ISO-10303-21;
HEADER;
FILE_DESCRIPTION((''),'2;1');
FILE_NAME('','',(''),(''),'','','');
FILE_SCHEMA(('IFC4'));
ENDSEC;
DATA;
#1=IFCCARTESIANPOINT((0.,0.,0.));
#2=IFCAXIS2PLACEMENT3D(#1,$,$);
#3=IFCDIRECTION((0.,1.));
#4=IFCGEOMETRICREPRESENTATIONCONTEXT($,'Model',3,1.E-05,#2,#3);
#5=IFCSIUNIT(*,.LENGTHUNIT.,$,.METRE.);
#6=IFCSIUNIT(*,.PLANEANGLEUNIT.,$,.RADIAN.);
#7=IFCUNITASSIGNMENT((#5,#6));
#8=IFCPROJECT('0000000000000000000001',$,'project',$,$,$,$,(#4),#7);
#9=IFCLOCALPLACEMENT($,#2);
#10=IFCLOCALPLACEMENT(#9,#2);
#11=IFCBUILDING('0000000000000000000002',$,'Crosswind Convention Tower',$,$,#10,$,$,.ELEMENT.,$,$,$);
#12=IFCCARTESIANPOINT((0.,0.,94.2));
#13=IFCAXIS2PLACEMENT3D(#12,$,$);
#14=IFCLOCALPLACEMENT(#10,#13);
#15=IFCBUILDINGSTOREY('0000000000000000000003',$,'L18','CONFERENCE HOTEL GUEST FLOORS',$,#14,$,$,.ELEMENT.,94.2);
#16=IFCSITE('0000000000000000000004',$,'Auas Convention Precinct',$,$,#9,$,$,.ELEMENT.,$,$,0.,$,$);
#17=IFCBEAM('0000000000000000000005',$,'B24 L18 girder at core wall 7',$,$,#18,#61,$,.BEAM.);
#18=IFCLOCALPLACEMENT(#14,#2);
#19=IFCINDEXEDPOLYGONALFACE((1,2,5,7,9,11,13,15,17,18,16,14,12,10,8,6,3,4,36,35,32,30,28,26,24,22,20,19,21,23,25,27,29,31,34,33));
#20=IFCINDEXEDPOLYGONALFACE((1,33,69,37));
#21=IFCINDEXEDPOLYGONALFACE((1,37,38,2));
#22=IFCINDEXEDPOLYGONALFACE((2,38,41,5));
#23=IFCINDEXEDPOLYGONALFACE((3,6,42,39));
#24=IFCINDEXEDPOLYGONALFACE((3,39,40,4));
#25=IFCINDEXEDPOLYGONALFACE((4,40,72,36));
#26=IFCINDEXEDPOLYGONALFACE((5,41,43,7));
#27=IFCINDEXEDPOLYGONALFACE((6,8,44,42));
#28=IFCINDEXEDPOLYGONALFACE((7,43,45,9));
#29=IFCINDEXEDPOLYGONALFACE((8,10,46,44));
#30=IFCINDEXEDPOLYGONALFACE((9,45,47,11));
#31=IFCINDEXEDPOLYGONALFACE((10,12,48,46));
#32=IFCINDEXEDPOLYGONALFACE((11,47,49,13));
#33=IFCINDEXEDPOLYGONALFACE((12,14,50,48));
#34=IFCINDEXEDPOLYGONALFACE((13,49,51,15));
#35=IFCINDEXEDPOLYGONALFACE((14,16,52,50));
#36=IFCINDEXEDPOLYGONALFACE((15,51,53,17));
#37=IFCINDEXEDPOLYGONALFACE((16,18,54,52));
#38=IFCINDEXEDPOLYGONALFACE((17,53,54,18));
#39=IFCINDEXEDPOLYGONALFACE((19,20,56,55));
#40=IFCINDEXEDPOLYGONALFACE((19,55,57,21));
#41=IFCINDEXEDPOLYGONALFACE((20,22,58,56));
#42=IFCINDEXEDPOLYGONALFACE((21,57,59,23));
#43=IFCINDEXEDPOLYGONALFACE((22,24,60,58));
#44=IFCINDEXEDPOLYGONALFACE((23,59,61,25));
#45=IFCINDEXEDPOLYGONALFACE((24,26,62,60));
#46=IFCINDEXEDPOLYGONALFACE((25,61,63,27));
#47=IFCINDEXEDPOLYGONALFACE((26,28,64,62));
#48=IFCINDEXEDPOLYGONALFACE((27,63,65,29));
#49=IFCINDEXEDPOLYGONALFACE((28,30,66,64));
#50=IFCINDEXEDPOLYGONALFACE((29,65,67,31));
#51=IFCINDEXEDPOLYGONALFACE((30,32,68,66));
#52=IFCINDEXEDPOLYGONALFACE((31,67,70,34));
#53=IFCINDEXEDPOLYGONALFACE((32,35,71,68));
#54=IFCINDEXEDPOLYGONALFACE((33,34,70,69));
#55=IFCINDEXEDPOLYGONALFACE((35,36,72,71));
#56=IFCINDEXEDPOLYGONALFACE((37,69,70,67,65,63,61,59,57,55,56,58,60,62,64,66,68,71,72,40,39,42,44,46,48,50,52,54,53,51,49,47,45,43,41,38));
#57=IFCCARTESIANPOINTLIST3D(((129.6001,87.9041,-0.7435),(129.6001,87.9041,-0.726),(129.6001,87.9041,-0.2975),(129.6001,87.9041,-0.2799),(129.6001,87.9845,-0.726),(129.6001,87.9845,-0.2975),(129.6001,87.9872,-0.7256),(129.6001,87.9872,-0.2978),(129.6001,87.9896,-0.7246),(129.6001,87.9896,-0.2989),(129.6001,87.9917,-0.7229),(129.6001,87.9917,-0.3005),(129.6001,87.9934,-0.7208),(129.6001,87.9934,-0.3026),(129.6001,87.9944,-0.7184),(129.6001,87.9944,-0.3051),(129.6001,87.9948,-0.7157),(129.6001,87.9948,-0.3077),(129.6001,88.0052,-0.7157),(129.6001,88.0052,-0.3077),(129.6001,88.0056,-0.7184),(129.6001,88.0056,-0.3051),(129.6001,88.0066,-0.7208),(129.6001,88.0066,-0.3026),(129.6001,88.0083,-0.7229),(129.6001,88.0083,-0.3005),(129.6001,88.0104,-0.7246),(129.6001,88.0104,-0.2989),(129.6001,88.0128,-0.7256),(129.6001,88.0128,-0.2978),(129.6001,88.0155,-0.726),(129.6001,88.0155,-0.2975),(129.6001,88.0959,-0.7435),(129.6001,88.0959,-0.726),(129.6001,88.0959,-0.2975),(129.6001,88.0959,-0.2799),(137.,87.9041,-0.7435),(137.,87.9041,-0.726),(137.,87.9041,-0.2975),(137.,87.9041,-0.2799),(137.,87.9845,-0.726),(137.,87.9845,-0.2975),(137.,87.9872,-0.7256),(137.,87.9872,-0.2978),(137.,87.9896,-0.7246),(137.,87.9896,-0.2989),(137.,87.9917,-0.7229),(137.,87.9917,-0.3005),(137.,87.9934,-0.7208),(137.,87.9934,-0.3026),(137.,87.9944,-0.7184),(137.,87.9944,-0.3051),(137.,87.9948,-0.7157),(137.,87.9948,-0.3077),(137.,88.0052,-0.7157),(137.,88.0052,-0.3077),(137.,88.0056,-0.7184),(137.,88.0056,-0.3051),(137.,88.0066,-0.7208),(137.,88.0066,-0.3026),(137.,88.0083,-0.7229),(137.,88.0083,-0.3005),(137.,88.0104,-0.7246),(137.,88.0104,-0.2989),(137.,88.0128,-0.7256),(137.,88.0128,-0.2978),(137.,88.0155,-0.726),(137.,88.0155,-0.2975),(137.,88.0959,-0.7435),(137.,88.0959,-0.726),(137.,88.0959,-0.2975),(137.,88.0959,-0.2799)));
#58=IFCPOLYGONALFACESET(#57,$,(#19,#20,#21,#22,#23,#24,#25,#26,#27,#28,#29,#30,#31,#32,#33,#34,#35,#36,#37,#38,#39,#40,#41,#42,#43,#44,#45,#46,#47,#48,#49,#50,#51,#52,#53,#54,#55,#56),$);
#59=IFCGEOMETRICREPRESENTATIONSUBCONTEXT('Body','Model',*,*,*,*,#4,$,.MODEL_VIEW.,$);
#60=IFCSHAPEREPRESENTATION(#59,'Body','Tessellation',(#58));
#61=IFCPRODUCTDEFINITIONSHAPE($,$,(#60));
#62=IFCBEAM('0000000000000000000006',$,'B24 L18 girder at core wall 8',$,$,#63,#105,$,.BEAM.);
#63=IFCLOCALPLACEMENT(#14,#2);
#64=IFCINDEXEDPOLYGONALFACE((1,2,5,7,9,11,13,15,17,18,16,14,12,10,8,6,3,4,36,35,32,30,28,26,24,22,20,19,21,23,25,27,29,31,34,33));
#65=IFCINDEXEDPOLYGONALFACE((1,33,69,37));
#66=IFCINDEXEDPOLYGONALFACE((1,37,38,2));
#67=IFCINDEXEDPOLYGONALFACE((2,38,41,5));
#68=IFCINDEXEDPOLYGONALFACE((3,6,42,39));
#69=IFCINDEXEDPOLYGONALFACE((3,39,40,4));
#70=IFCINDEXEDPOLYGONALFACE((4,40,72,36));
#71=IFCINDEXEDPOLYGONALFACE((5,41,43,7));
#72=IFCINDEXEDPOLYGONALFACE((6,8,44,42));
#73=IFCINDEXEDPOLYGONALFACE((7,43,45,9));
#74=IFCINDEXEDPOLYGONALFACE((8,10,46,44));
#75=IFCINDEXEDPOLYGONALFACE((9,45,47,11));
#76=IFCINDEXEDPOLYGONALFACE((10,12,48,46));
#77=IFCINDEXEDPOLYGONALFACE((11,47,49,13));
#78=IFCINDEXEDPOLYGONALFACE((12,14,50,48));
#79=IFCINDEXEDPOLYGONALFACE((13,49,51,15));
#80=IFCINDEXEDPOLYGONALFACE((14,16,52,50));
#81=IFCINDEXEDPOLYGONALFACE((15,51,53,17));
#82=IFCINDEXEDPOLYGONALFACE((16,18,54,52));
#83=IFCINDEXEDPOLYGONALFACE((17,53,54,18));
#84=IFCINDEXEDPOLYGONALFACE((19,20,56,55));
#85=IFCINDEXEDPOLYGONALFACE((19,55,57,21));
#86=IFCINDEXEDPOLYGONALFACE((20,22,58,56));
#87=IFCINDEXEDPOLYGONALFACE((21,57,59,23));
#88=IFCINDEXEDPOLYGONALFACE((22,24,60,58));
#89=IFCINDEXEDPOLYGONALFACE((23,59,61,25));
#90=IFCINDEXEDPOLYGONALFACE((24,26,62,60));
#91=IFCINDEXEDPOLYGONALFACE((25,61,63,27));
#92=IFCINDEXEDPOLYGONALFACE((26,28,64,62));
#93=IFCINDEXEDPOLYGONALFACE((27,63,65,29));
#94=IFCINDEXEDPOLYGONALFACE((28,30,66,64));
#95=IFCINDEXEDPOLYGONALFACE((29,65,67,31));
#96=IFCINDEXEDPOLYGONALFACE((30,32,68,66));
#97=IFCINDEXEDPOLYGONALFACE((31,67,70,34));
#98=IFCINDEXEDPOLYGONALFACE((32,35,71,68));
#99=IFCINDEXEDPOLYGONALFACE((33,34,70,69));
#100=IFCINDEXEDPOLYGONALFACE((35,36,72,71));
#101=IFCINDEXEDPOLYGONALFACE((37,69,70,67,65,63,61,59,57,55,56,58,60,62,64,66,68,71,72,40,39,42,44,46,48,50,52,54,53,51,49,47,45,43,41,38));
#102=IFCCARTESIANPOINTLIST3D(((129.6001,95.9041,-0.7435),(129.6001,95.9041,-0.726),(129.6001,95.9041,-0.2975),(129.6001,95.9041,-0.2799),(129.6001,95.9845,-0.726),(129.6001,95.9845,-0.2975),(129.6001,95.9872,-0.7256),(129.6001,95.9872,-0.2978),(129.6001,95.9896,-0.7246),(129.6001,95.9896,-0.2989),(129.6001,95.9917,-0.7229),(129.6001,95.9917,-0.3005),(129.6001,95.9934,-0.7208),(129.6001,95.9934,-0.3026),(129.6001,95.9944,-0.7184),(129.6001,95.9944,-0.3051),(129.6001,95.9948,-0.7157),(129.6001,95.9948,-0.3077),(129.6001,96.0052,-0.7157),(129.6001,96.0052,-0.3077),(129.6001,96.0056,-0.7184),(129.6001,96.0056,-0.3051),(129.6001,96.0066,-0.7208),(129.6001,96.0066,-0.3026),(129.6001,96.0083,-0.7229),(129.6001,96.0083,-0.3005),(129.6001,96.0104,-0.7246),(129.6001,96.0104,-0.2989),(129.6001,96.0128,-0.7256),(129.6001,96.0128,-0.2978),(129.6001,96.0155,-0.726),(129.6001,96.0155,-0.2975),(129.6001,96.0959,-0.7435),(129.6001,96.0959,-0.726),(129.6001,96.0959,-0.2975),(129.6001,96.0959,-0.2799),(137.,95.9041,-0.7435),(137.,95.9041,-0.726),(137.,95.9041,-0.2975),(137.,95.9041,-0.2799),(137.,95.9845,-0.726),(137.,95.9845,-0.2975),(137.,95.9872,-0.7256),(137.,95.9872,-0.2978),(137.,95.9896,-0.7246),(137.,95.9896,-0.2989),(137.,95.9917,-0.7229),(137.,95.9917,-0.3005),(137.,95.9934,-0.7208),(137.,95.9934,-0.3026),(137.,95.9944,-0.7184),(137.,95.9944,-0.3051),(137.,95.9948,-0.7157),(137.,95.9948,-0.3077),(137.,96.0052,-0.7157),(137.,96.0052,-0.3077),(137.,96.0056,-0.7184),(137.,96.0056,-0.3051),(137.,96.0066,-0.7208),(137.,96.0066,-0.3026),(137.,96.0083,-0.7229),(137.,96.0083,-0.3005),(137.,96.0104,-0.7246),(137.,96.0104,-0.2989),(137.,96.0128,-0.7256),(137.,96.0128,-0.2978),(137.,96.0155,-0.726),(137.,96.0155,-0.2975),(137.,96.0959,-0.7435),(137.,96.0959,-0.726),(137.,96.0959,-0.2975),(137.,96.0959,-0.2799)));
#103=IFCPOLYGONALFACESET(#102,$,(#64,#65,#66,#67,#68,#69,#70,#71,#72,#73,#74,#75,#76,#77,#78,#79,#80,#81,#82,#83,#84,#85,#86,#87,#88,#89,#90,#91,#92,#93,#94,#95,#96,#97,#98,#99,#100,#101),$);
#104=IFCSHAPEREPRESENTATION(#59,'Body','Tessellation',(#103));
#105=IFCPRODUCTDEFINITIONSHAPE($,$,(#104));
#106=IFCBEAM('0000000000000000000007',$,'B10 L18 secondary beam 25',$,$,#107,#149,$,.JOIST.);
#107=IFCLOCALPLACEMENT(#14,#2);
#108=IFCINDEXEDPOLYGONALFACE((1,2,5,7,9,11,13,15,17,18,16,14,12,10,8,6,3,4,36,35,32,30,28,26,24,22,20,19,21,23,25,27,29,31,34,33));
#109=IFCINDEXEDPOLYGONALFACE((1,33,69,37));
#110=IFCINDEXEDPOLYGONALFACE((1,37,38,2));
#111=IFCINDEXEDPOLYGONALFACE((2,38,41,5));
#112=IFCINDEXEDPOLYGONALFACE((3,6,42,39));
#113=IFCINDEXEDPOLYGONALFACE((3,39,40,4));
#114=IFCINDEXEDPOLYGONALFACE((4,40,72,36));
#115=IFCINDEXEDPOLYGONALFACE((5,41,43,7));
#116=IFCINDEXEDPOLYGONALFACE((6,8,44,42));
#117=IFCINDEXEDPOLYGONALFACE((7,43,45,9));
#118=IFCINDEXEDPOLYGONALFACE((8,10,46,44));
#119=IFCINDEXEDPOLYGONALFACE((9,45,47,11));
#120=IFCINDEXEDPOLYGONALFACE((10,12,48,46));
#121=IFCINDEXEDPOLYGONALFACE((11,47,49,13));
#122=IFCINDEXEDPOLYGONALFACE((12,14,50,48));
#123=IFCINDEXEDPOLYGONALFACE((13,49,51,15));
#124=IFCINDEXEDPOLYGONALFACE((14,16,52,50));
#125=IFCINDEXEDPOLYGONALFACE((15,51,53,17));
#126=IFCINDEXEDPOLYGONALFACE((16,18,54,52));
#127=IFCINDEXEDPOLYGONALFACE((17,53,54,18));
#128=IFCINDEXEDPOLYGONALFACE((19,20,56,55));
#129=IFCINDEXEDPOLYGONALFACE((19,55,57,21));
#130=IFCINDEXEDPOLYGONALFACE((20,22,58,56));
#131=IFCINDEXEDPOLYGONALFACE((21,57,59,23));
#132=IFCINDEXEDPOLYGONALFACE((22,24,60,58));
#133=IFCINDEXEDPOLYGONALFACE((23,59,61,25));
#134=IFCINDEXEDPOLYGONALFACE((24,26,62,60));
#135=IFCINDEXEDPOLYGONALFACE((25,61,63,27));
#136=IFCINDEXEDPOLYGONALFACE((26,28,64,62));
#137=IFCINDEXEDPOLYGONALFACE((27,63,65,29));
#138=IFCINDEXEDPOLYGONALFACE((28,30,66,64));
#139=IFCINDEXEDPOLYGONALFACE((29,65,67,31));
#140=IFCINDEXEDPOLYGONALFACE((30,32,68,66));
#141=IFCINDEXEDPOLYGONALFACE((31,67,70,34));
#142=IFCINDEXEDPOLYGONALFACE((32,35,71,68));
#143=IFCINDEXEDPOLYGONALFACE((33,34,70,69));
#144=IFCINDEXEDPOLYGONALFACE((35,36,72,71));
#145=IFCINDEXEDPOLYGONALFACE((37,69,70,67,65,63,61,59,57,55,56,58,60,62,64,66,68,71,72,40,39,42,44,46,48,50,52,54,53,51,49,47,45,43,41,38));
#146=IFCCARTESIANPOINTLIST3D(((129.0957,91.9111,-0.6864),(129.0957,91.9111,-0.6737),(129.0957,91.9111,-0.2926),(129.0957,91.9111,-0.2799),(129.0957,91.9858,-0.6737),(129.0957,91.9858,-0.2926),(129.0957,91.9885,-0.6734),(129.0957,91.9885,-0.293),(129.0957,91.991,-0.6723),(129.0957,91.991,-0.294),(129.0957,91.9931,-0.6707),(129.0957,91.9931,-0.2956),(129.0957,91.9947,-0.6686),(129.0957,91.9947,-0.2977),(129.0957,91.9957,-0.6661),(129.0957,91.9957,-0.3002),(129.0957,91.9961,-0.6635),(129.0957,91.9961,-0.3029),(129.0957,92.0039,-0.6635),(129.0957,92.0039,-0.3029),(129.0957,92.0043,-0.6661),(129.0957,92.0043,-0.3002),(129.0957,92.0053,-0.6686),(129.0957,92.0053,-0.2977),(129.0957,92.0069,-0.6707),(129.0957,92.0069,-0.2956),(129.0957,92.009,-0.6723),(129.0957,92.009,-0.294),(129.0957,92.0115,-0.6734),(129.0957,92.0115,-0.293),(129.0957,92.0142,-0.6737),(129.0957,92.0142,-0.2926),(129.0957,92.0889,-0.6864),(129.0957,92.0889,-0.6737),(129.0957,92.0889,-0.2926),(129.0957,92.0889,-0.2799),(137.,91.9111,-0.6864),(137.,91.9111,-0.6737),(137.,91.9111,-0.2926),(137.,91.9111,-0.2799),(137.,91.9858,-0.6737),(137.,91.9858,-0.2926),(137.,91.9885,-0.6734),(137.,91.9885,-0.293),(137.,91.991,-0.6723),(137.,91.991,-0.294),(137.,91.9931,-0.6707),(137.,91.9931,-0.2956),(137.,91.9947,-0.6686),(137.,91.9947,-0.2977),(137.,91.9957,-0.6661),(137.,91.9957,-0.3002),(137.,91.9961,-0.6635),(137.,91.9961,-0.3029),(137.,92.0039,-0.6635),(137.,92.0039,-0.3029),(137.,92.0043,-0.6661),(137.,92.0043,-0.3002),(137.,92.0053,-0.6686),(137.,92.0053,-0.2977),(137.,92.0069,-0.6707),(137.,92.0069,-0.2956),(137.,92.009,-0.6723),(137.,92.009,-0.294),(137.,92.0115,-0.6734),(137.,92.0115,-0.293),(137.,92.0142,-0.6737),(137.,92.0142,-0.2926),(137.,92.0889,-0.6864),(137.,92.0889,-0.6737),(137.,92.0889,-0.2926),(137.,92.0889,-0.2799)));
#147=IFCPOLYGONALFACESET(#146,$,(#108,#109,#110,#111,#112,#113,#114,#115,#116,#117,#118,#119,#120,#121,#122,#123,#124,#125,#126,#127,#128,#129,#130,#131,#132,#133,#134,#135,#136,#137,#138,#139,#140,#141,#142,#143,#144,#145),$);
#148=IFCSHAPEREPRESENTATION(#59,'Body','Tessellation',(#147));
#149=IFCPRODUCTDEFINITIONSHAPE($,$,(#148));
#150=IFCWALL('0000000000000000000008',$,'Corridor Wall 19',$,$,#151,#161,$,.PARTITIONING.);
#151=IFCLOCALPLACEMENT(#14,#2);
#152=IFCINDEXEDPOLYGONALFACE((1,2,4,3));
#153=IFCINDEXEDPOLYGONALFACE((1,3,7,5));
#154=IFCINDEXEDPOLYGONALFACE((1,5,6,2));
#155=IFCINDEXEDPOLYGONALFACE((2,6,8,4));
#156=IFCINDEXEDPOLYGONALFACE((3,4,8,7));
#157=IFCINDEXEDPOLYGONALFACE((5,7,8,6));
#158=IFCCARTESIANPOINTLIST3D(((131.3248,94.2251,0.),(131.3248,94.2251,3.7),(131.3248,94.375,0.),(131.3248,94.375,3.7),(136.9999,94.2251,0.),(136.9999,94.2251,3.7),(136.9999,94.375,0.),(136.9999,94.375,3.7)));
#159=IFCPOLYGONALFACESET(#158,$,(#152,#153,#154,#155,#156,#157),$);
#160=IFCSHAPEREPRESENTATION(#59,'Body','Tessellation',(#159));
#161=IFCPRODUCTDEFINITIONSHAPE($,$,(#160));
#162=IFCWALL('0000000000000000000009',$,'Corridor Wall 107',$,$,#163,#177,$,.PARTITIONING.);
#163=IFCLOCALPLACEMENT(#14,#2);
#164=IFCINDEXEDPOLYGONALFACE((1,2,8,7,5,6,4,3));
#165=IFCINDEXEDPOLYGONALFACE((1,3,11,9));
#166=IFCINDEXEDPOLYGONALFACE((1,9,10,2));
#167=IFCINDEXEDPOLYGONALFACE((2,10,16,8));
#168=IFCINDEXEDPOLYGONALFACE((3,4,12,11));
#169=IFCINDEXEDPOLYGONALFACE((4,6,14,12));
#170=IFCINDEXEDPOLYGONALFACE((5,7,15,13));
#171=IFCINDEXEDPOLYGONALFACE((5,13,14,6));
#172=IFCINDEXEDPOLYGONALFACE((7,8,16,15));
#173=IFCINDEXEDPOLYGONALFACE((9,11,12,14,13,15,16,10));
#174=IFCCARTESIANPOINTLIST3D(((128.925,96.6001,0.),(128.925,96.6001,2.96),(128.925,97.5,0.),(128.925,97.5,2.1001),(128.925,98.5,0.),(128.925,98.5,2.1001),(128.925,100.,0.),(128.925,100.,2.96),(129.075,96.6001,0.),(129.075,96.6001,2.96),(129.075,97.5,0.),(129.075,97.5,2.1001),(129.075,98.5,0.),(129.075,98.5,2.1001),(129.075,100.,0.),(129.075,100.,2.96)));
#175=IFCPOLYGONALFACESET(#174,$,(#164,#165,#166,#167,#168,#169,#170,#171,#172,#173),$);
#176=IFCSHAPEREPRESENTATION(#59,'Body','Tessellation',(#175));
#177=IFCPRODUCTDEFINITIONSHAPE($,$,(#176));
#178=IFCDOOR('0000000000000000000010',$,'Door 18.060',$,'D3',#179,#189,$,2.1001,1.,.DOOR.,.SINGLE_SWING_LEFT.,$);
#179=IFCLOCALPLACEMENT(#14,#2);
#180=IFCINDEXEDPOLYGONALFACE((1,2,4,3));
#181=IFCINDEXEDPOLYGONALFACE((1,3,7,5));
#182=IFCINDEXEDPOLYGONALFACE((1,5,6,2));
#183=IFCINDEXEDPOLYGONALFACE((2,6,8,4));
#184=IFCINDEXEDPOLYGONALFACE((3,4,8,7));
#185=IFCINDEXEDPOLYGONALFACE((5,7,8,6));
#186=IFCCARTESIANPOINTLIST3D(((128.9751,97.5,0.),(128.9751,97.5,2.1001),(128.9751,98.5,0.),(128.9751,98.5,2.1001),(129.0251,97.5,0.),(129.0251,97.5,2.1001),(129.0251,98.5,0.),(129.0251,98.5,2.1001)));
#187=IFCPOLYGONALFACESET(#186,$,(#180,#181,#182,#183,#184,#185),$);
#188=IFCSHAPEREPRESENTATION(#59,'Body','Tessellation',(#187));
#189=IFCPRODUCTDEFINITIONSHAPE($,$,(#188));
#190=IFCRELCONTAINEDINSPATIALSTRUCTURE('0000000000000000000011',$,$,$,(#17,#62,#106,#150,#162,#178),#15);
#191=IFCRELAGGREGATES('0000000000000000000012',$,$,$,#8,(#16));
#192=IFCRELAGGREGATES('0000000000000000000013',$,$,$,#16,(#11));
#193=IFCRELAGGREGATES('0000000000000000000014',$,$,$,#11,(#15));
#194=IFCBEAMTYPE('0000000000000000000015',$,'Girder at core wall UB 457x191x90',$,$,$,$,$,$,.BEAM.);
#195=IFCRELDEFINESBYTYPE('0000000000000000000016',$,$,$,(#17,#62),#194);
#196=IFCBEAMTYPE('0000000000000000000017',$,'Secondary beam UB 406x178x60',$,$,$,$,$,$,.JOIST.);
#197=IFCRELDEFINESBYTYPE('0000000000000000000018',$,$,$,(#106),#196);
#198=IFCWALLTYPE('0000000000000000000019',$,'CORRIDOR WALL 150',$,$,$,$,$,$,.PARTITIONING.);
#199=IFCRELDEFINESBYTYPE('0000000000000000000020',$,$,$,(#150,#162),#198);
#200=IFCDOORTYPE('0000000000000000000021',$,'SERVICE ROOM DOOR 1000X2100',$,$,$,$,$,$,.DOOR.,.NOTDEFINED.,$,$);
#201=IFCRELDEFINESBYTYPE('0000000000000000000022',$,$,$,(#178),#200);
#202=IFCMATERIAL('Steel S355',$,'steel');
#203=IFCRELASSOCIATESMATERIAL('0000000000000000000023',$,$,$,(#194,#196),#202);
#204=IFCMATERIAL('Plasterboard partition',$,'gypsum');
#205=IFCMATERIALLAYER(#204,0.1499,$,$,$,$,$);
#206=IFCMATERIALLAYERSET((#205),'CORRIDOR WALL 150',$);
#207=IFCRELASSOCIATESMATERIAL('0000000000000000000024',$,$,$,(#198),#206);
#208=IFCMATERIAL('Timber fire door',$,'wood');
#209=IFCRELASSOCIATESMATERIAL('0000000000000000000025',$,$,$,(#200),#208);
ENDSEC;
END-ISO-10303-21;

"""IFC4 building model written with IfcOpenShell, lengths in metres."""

from ifc_helpers import new_model, si_unit, direction, frame, frame_2d, origin, origin_2d, place, context, subcontext, project, spatial, rectangle, i_section, extrude, material, layer, layer_set, material_profile, profile_set, type_object, element, fill, save


model = new_model("IFC4")

# Units and contexts
model_context = context("Model", 3, precision=1e-05, world=origin(), true_north=direction((0.0, 1.0)))
body_context = subcontext(model_context, "Body", "Model", "MODEL_VIEW")
ifc_project = project(units=[si_unit("LENGTHUNIT", "METRE"), si_unit("PLANEANGLEUNIT", "RADIAN")], contexts=[model_context])

# Site, building, storey
site_placement = place(None, origin())
site = spatial("IfcSite", under=ifc_project, at=site_placement, Name="Auas Convention Precinct", CompositionType="ELEMENT", RefElevation=0.0)
building_placement = place(site_placement, origin())
building = spatial("IfcBuilding", under=site, at=building_placement, Name="Crosswind Convention Tower", CompositionType="ELEMENT")
storey_placement = place(building_placement, frame((0.0, 0.0, 94.2)))
storey = spatial("IfcBuildingStorey", under=building, at=storey_placement, Name="L18", Description="CONFERENCE HOTEL GUEST FLOORS", CompositionType="ELEMENT", Elevation=94.2)

# Beams
ifc_material_1 = material(Name="Steel S355", Category="steel")
ifc_material_profile_1 = material_profile(ifc_material_1, i_section(OverallWidth=0.1919, OverallDepth=0.4636, WebThickness=0.0105, FlangeThickness=0.0176, FilletRadius=0.0103, at=origin_2d()), Name="UB 457x191x90")
ifc_profile_set_1 = profile_set([ifc_material_profile_1], Name="Steel S355")
beam_type_1 = type_object("IfcBeamType", Name="Girder at core wall UB 457x191x90", PredefinedType="BEAM", material=ifc_profile_set_1)
for number, where, z_axis, x_axis, name in (
    (1, (129.6001, 88.0, -0.5117), (1.0, 0.0, 0.0), (0.0, 1.0, 0.0), "B24 L18 girder at core wall 7"),
    (2, (129.6001, 96.0, -0.5117), (1.0, 0.0, 0.0), (0.0, 1.0, 0.0), "B24 L18 girder at core wall 8"),
):
    element("IfcBeam", number, at=place(storey_placement, frame(where, z_axis=z_axis, x_axis=x_axis)), inside=storey, type_object=beam_type_1, Name=name, PredefinedType="BEAM", context=body_context, shape_type="SweptSolid", body=[
        extrude(i_section(OverallWidth=0.1919, OverallDepth=0.4636, WebThickness=0.0105, FlangeThickness=0.0176, FilletRadius=0.0103, at=origin_2d()), origin(), (0.0, 0.0, 1.0), 7.3999),
    ])
ifc_material_profile_2 = material_profile(ifc_material_1, i_section(OverallWidth=0.1777, OverallDepth=0.4065, WebThickness=0.0078, FlangeThickness=0.0127, FilletRadius=0.0103, at=origin_2d()), Name="UB 406x178x60")
ifc_profile_set_2 = profile_set([ifc_material_profile_2], Name="Steel S355")
beam_type_2 = type_object("IfcBeamType", Name="Secondary beam UB 406x178x60", PredefinedType="JOIST", material=ifc_profile_set_2)
beam_placement = place(storey_placement, frame((129.0957, 92.0, -0.4832), z_axis=(1.0, 0.0, 0.0), x_axis=(0.0, 1.0, 0.0)))
element("IfcBeam", 3, at=beam_placement, inside=storey, type_object=beam_type_2, Name="B10 L18 secondary beam 25", PredefinedType="JOIST", context=body_context, shape_type="SweptSolid", body=[
    extrude(i_section(OverallWidth=0.1777, OverallDepth=0.4065, WebThickness=0.0078, FlangeThickness=0.0127, FilletRadius=0.0103, at=origin_2d()), origin(), (0.0, 0.0, 1.0), 7.9043),
])

# Wall
ifc_material_2 = material(Name="Plasterboard partition", Category="gypsum")
ifc_layer_1 = layer(ifc_material_2, 0.1499)
ifc_layer_set_1 = layer_set([ifc_layer_1], Name="CORRIDOR WALL 150")
wall_type_1 = type_object("IfcWallType", Name="CORRIDOR WALL 150", PredefinedType="PARTITIONING", material=ifc_layer_set_1)
wall_1_placement = place(storey_placement, frame((131.325, 94.3, 0.0), z_axis=(0.0, 0.0, 1.0), x_axis=(1.0, 0.0, 0.0)))
element("IfcWall", 4, at=wall_1_placement, inside=storey, type_object=wall_type_1, Name="Corridor Wall 19", PredefinedType="PARTITIONING", context=body_context, shape_type="SweptSolid", body=[
    extrude(rectangle(XDim=5.675, YDim=0.1499, at=frame_2d((2.8374, 0.0))), origin(), (0.0, 0.0, 1.0), 3.7),
])

# Wall, opening, door
wall_2_placement = place(storey_placement, frame((129.0, 96.6001, 0.0), z_axis=(0.0, 0.0, 1.0), x_axis=(0.0, 1.0, 0.0)))
wall_2 = element("IfcWall", 5, at=wall_2_placement, inside=storey, type_object=wall_type_1, Name="Corridor Wall 107", PredefinedType="PARTITIONING", context=body_context, shape_type="SweptSolid", body=[
    extrude(rectangle(XDim=3.3999, YDim=0.1499, at=frame_2d((1.7, 0.0))), origin(), (0.0, 0.0, 1.0), 2.96),
])
opening_1_placement = place(wall_2_placement, frame((0.8999, 0.0, 0.0)))
opening_1 = element("IfcOpeningElement", 6, at=opening_1_placement, cuts=wall_2, PredefinedType="OPENING", context=body_context, shape_type="SweptSolid", body=[
    extrude(rectangle(XDim=1.0, YDim=2.1001, at=frame_2d((0.5, 1.05))), frame((0.0, 0.085, 0.0), z_axis=(0.0, -1.0, 0.0), x_axis=(1.0, 0.0, 0.0)), (0.0, 0.0, 1.0), 0.1699),
])
ifc_material_3 = material(Name="Timber fire door", Category="wood")
door_type_1 = type_object("IfcDoorType", Name="SERVICE ROOM DOOR 1000X2100", OperationType="NOTDEFINED", PredefinedType="DOOR", material=ifc_material_3)
door_1_placement = place(opening_1_placement, origin())
door_1 = element("IfcDoor", 7, at=door_1_placement, inside=storey, type_object=door_type_1, Name="Door 18.060", ObjectType="D3", OperationType="SINGLE_SWING_LEFT", OverallHeight=2.1001, OverallWidth=1.0, PredefinedType="DOOR", context=body_context, shape_type="SweptSolid", body=[
    extrude(rectangle(XDim=1.0, YDim=2.1001, at=frame_2d((0.5, 1.05))), frame((0.0, 0.0249, 0.0), z_axis=(0.0, -1.0, 0.0), x_axis=(1.0, 0.0, 0.0)), (0.0, 0.0, 1.0), 0.05),
])
fill(opening_1, door_1)

save(model, "model.ifc")
